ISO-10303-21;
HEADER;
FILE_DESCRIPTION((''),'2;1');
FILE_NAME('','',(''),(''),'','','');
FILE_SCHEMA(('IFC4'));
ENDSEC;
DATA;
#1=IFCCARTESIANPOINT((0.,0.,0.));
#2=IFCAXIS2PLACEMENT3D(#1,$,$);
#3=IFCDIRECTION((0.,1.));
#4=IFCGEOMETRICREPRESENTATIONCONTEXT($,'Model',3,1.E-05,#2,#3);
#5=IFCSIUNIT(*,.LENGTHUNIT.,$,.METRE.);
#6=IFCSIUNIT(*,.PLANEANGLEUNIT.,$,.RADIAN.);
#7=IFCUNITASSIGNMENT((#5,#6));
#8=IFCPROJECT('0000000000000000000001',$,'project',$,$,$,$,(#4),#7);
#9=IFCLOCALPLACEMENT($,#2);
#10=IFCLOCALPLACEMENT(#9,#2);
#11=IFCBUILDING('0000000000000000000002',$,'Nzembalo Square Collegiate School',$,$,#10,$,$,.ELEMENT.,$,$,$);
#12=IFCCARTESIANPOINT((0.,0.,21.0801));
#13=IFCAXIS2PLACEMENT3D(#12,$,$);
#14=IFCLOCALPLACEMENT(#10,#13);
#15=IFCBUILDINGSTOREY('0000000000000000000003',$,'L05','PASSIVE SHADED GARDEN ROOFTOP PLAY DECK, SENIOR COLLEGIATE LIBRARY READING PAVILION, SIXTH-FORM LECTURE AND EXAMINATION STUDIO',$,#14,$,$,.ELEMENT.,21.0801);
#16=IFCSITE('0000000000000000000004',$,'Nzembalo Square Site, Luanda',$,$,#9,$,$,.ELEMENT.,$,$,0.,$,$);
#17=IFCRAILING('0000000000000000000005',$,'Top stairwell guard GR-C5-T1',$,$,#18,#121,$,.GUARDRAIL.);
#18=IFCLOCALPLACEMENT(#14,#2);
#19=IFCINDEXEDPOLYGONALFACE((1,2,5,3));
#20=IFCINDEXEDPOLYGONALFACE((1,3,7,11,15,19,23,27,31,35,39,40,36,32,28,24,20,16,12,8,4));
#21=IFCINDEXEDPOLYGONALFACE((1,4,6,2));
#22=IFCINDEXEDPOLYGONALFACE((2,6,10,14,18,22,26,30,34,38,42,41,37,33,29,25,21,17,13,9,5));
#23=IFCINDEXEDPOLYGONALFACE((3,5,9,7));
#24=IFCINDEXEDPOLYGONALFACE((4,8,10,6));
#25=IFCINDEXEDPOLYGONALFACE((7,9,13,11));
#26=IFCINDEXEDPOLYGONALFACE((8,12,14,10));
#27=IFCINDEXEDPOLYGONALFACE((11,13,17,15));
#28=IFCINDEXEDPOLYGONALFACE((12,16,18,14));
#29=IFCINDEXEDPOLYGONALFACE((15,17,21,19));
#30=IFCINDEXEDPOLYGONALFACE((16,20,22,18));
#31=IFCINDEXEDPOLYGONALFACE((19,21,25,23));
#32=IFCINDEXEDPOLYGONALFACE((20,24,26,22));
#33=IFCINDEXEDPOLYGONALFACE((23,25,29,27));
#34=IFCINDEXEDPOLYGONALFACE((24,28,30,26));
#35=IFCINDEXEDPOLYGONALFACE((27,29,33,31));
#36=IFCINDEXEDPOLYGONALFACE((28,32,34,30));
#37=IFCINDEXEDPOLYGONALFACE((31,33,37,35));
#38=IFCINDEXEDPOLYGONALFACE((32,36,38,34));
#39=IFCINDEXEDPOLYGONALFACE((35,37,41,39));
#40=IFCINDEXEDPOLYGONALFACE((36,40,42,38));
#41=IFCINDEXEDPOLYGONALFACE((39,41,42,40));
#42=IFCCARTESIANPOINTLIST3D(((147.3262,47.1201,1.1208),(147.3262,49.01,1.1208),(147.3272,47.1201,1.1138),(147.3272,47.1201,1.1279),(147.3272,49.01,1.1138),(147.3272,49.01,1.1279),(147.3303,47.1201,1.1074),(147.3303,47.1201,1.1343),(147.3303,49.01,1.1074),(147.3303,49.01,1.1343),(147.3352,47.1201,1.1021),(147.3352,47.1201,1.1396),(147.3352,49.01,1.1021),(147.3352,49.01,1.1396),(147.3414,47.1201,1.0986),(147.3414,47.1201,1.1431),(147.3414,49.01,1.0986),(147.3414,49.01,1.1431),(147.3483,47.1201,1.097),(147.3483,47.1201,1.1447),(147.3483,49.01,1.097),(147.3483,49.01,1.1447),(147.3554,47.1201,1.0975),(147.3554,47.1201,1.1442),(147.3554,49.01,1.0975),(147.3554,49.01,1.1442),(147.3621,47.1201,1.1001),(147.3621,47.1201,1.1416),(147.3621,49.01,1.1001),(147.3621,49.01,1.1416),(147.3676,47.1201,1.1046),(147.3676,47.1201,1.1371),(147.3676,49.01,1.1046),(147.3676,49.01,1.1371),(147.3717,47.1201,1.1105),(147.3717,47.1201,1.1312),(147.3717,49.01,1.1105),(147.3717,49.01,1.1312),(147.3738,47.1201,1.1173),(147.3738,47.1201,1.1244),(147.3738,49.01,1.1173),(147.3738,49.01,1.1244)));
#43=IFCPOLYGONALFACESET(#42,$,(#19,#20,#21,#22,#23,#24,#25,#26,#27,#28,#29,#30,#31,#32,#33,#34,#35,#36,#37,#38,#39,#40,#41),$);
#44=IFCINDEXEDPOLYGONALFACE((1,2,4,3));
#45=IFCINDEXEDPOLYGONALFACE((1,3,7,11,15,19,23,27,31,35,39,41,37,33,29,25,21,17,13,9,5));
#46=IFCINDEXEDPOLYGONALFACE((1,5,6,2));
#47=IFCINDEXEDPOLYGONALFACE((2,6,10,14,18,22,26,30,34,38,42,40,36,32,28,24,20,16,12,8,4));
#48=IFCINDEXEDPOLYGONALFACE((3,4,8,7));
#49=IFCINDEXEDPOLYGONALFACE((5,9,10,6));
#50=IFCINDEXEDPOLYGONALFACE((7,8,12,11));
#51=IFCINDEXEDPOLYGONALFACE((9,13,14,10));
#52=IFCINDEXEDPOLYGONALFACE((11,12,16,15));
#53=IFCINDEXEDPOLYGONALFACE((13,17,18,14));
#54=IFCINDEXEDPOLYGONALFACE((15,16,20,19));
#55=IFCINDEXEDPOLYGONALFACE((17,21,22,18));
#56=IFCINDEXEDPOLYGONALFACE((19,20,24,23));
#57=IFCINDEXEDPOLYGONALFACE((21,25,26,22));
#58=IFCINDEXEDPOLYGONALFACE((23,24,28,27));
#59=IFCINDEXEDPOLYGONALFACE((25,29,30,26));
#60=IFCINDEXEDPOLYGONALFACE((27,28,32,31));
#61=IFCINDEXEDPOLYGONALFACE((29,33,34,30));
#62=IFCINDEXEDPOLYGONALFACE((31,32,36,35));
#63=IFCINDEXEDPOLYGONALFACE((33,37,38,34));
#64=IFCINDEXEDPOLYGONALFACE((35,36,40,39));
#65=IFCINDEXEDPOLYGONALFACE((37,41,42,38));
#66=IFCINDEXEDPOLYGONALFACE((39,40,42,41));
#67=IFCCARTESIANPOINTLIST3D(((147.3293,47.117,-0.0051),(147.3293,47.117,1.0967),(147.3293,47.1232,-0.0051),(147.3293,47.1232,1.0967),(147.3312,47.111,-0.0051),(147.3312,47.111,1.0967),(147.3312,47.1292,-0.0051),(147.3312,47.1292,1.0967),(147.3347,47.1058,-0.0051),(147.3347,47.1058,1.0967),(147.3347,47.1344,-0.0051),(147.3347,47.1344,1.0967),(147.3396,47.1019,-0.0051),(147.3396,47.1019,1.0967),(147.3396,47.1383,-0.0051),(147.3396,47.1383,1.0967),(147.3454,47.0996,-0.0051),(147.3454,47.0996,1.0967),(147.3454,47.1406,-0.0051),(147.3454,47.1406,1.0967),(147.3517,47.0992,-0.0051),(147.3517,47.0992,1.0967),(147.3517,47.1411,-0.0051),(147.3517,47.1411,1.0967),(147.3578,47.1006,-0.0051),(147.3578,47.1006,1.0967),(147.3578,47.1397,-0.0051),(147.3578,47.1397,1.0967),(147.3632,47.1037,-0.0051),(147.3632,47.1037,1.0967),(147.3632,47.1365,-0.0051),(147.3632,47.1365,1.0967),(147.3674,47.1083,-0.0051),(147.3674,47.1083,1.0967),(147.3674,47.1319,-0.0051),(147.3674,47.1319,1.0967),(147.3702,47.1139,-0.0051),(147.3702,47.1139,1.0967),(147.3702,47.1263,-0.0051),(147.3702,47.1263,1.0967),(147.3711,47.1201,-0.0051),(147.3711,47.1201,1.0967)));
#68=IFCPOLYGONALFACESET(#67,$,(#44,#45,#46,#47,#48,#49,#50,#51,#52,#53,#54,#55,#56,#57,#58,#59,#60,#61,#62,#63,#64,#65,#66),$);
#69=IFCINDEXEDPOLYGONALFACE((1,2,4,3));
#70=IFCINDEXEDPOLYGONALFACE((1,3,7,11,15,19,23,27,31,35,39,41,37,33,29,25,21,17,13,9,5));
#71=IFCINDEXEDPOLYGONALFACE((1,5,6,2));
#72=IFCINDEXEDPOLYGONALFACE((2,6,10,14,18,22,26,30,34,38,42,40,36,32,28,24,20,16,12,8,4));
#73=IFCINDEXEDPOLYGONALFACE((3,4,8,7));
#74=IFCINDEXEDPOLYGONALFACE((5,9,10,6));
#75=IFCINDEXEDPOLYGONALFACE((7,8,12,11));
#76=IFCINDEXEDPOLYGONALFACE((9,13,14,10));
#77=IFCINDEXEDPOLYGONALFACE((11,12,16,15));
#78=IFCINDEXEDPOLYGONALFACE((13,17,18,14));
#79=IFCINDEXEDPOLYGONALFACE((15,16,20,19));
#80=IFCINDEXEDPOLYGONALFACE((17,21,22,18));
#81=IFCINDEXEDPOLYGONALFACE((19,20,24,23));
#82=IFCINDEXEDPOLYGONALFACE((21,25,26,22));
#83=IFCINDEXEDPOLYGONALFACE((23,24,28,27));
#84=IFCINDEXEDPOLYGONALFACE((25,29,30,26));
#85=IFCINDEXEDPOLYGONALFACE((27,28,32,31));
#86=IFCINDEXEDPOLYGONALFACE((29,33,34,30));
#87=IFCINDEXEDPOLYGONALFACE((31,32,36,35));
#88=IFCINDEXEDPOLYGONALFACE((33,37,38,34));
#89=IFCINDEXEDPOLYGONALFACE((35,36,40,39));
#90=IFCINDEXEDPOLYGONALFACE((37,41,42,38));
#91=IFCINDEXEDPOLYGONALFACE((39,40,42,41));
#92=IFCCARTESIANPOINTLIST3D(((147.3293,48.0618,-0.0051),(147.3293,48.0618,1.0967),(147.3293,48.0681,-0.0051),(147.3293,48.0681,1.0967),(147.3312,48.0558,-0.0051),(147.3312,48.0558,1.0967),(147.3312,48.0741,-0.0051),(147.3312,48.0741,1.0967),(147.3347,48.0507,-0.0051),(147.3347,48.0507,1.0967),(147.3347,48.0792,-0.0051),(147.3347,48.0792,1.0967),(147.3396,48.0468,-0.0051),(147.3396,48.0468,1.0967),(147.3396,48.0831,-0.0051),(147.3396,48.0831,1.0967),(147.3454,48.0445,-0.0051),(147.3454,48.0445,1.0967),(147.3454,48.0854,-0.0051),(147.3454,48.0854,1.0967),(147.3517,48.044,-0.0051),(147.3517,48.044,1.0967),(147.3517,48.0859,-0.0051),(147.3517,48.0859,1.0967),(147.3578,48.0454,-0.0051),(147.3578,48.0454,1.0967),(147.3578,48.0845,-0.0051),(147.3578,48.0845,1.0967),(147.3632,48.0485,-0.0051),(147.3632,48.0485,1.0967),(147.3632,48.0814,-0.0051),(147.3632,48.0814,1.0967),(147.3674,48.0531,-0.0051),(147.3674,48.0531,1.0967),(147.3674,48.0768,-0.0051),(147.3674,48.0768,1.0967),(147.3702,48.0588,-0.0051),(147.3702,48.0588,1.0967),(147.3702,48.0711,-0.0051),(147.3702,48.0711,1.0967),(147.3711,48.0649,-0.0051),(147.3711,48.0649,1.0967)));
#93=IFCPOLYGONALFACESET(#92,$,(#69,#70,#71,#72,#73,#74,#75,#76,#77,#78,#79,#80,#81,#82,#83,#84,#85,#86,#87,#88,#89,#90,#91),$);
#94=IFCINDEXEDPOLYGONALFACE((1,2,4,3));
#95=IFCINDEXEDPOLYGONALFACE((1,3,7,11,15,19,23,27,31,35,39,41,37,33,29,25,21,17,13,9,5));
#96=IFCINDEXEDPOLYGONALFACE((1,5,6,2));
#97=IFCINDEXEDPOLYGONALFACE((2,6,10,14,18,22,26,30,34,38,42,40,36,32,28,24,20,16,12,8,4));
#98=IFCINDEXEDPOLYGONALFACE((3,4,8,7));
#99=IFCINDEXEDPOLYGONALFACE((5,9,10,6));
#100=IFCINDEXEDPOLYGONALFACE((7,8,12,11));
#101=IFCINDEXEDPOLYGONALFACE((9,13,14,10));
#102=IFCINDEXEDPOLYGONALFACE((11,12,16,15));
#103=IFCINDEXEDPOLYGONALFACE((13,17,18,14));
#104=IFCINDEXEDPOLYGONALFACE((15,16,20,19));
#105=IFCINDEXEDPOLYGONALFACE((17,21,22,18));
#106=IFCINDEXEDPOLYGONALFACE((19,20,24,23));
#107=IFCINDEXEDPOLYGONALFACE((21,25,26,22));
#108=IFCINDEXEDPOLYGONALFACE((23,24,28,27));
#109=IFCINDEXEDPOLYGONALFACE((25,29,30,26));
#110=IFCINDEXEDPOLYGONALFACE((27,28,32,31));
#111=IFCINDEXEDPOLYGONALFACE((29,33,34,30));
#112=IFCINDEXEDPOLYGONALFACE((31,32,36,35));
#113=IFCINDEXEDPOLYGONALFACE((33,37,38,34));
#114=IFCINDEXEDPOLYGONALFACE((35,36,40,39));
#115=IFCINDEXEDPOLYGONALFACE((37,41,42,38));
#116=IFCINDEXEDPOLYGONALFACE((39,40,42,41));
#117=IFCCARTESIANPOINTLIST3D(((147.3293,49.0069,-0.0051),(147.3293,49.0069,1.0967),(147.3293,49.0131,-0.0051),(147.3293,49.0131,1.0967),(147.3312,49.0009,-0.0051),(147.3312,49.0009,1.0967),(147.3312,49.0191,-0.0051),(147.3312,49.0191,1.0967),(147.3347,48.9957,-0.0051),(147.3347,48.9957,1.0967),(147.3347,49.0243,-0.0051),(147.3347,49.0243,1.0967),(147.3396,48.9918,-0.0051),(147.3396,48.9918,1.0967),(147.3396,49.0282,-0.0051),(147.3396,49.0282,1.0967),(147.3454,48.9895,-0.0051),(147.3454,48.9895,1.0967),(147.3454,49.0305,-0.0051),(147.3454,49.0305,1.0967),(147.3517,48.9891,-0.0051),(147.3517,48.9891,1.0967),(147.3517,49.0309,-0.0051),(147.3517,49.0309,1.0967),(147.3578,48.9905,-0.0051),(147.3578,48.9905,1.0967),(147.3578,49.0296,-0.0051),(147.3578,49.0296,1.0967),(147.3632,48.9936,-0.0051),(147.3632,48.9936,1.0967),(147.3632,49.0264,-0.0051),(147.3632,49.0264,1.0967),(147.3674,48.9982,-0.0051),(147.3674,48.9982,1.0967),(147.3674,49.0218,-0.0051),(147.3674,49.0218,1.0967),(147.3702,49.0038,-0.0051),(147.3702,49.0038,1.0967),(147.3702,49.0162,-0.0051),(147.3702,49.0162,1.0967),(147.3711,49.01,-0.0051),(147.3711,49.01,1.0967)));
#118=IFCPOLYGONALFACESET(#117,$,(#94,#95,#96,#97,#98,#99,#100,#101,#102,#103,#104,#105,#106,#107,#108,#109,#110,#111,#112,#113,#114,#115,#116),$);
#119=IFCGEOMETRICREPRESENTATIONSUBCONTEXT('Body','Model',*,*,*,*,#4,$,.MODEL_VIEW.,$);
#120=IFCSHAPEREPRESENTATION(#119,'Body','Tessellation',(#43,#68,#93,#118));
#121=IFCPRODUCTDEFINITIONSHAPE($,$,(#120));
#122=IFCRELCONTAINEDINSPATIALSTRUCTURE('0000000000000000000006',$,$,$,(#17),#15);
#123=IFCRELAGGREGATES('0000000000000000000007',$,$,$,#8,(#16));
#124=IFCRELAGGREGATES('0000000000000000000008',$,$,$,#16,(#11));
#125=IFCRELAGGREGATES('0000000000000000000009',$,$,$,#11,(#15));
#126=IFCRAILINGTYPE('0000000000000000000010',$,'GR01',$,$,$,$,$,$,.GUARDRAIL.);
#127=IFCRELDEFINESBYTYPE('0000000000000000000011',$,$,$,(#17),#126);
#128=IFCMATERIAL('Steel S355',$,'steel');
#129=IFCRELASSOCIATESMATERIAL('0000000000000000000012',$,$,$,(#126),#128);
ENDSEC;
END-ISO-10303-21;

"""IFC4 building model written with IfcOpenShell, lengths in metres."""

from ifc_helpers import new_model, si_unit, direction, frame, origin, origin_2d, place, context, subcontext, project, spatial, circle, extrude, material, type_object, element, save


model = new_model("IFC4")

# Units and contexts
model_context = context("Model", 3, precision=1e-05, world=origin(), true_north=direction((0.0, 1.0)))
body_context = subcontext(model_context, "Body", "Model", "MODEL_VIEW")
ifc_project = project(units=[si_unit("LENGTHUNIT", "METRE"), si_unit("PLANEANGLEUNIT", "RADIAN")], contexts=[model_context])

# Site, building, storey
site_placement = place(None, origin())
site = spatial("IfcSite", under=ifc_project, at=site_placement, Name="Nzembalo Square Site, Luanda", CompositionType="ELEMENT", RefElevation=0.0)
building_placement = place(site_placement, origin())
building = spatial("IfcBuilding", under=site, at=building_placement, Name="Nzembalo Square Collegiate School", CompositionType="ELEMENT")
storey_placement = place(building_placement, frame((0.0, 0.0, 21.0801)))
storey = spatial("IfcBuildingStorey", under=building, at=storey_placement, Name="L05", Description="PASSIVE SHADED GARDEN ROOFTOP PLAY DECK, SENIOR COLLEGIATE LIBRARY READING PAVILION, SIXTH-FORM LECTURE AND EXAMINATION STUDIO", CompositionType="ELEMENT", Elevation=21.0801)

# Railing
ifc_material_1 = material(Name="Steel S355", Category="steel")
railing_type = type_object("IfcRailingType", Name="GR01", PredefinedType="GUARDRAIL", material=ifc_material_1)
railing_placement = place(storey_placement, frame((147.3501, 47.1201, -0.0051)))
element("IfcRailing", 1, at=railing_placement, inside=storey, type_object=railing_type, Name="Top stairwell guard GR-C5-T1", PredefinedType="GUARDRAIL", context=body_context, shape_type="SweptSolid", body=[
    extrude(circle(Radius=0.0239, at=origin_2d()), frame((0.0, 0.0, 1.126), z_axis=(0.0, 1.0, 0.0), x_axis=(-1.0, 0.0, 0.0)), (0.0, 0.0, 1.0), 1.8899),
    extrude(circle(Radius=0.021, at=origin_2d()), origin(), (0.0, 0.0, 1.0), 1.1018),
    extrude(circle(Radius=0.021, at=origin_2d()), frame((0.0, 0.9448, 0.0)), (0.0, 0.0, 1.0), 1.1018),
    extrude(circle(Radius=0.021, at=origin_2d()), frame((0.0, 1.8899, 0.0)), (0.0, 0.0, 1.0), 1.1018),
])

save(model, "model.ifc")
